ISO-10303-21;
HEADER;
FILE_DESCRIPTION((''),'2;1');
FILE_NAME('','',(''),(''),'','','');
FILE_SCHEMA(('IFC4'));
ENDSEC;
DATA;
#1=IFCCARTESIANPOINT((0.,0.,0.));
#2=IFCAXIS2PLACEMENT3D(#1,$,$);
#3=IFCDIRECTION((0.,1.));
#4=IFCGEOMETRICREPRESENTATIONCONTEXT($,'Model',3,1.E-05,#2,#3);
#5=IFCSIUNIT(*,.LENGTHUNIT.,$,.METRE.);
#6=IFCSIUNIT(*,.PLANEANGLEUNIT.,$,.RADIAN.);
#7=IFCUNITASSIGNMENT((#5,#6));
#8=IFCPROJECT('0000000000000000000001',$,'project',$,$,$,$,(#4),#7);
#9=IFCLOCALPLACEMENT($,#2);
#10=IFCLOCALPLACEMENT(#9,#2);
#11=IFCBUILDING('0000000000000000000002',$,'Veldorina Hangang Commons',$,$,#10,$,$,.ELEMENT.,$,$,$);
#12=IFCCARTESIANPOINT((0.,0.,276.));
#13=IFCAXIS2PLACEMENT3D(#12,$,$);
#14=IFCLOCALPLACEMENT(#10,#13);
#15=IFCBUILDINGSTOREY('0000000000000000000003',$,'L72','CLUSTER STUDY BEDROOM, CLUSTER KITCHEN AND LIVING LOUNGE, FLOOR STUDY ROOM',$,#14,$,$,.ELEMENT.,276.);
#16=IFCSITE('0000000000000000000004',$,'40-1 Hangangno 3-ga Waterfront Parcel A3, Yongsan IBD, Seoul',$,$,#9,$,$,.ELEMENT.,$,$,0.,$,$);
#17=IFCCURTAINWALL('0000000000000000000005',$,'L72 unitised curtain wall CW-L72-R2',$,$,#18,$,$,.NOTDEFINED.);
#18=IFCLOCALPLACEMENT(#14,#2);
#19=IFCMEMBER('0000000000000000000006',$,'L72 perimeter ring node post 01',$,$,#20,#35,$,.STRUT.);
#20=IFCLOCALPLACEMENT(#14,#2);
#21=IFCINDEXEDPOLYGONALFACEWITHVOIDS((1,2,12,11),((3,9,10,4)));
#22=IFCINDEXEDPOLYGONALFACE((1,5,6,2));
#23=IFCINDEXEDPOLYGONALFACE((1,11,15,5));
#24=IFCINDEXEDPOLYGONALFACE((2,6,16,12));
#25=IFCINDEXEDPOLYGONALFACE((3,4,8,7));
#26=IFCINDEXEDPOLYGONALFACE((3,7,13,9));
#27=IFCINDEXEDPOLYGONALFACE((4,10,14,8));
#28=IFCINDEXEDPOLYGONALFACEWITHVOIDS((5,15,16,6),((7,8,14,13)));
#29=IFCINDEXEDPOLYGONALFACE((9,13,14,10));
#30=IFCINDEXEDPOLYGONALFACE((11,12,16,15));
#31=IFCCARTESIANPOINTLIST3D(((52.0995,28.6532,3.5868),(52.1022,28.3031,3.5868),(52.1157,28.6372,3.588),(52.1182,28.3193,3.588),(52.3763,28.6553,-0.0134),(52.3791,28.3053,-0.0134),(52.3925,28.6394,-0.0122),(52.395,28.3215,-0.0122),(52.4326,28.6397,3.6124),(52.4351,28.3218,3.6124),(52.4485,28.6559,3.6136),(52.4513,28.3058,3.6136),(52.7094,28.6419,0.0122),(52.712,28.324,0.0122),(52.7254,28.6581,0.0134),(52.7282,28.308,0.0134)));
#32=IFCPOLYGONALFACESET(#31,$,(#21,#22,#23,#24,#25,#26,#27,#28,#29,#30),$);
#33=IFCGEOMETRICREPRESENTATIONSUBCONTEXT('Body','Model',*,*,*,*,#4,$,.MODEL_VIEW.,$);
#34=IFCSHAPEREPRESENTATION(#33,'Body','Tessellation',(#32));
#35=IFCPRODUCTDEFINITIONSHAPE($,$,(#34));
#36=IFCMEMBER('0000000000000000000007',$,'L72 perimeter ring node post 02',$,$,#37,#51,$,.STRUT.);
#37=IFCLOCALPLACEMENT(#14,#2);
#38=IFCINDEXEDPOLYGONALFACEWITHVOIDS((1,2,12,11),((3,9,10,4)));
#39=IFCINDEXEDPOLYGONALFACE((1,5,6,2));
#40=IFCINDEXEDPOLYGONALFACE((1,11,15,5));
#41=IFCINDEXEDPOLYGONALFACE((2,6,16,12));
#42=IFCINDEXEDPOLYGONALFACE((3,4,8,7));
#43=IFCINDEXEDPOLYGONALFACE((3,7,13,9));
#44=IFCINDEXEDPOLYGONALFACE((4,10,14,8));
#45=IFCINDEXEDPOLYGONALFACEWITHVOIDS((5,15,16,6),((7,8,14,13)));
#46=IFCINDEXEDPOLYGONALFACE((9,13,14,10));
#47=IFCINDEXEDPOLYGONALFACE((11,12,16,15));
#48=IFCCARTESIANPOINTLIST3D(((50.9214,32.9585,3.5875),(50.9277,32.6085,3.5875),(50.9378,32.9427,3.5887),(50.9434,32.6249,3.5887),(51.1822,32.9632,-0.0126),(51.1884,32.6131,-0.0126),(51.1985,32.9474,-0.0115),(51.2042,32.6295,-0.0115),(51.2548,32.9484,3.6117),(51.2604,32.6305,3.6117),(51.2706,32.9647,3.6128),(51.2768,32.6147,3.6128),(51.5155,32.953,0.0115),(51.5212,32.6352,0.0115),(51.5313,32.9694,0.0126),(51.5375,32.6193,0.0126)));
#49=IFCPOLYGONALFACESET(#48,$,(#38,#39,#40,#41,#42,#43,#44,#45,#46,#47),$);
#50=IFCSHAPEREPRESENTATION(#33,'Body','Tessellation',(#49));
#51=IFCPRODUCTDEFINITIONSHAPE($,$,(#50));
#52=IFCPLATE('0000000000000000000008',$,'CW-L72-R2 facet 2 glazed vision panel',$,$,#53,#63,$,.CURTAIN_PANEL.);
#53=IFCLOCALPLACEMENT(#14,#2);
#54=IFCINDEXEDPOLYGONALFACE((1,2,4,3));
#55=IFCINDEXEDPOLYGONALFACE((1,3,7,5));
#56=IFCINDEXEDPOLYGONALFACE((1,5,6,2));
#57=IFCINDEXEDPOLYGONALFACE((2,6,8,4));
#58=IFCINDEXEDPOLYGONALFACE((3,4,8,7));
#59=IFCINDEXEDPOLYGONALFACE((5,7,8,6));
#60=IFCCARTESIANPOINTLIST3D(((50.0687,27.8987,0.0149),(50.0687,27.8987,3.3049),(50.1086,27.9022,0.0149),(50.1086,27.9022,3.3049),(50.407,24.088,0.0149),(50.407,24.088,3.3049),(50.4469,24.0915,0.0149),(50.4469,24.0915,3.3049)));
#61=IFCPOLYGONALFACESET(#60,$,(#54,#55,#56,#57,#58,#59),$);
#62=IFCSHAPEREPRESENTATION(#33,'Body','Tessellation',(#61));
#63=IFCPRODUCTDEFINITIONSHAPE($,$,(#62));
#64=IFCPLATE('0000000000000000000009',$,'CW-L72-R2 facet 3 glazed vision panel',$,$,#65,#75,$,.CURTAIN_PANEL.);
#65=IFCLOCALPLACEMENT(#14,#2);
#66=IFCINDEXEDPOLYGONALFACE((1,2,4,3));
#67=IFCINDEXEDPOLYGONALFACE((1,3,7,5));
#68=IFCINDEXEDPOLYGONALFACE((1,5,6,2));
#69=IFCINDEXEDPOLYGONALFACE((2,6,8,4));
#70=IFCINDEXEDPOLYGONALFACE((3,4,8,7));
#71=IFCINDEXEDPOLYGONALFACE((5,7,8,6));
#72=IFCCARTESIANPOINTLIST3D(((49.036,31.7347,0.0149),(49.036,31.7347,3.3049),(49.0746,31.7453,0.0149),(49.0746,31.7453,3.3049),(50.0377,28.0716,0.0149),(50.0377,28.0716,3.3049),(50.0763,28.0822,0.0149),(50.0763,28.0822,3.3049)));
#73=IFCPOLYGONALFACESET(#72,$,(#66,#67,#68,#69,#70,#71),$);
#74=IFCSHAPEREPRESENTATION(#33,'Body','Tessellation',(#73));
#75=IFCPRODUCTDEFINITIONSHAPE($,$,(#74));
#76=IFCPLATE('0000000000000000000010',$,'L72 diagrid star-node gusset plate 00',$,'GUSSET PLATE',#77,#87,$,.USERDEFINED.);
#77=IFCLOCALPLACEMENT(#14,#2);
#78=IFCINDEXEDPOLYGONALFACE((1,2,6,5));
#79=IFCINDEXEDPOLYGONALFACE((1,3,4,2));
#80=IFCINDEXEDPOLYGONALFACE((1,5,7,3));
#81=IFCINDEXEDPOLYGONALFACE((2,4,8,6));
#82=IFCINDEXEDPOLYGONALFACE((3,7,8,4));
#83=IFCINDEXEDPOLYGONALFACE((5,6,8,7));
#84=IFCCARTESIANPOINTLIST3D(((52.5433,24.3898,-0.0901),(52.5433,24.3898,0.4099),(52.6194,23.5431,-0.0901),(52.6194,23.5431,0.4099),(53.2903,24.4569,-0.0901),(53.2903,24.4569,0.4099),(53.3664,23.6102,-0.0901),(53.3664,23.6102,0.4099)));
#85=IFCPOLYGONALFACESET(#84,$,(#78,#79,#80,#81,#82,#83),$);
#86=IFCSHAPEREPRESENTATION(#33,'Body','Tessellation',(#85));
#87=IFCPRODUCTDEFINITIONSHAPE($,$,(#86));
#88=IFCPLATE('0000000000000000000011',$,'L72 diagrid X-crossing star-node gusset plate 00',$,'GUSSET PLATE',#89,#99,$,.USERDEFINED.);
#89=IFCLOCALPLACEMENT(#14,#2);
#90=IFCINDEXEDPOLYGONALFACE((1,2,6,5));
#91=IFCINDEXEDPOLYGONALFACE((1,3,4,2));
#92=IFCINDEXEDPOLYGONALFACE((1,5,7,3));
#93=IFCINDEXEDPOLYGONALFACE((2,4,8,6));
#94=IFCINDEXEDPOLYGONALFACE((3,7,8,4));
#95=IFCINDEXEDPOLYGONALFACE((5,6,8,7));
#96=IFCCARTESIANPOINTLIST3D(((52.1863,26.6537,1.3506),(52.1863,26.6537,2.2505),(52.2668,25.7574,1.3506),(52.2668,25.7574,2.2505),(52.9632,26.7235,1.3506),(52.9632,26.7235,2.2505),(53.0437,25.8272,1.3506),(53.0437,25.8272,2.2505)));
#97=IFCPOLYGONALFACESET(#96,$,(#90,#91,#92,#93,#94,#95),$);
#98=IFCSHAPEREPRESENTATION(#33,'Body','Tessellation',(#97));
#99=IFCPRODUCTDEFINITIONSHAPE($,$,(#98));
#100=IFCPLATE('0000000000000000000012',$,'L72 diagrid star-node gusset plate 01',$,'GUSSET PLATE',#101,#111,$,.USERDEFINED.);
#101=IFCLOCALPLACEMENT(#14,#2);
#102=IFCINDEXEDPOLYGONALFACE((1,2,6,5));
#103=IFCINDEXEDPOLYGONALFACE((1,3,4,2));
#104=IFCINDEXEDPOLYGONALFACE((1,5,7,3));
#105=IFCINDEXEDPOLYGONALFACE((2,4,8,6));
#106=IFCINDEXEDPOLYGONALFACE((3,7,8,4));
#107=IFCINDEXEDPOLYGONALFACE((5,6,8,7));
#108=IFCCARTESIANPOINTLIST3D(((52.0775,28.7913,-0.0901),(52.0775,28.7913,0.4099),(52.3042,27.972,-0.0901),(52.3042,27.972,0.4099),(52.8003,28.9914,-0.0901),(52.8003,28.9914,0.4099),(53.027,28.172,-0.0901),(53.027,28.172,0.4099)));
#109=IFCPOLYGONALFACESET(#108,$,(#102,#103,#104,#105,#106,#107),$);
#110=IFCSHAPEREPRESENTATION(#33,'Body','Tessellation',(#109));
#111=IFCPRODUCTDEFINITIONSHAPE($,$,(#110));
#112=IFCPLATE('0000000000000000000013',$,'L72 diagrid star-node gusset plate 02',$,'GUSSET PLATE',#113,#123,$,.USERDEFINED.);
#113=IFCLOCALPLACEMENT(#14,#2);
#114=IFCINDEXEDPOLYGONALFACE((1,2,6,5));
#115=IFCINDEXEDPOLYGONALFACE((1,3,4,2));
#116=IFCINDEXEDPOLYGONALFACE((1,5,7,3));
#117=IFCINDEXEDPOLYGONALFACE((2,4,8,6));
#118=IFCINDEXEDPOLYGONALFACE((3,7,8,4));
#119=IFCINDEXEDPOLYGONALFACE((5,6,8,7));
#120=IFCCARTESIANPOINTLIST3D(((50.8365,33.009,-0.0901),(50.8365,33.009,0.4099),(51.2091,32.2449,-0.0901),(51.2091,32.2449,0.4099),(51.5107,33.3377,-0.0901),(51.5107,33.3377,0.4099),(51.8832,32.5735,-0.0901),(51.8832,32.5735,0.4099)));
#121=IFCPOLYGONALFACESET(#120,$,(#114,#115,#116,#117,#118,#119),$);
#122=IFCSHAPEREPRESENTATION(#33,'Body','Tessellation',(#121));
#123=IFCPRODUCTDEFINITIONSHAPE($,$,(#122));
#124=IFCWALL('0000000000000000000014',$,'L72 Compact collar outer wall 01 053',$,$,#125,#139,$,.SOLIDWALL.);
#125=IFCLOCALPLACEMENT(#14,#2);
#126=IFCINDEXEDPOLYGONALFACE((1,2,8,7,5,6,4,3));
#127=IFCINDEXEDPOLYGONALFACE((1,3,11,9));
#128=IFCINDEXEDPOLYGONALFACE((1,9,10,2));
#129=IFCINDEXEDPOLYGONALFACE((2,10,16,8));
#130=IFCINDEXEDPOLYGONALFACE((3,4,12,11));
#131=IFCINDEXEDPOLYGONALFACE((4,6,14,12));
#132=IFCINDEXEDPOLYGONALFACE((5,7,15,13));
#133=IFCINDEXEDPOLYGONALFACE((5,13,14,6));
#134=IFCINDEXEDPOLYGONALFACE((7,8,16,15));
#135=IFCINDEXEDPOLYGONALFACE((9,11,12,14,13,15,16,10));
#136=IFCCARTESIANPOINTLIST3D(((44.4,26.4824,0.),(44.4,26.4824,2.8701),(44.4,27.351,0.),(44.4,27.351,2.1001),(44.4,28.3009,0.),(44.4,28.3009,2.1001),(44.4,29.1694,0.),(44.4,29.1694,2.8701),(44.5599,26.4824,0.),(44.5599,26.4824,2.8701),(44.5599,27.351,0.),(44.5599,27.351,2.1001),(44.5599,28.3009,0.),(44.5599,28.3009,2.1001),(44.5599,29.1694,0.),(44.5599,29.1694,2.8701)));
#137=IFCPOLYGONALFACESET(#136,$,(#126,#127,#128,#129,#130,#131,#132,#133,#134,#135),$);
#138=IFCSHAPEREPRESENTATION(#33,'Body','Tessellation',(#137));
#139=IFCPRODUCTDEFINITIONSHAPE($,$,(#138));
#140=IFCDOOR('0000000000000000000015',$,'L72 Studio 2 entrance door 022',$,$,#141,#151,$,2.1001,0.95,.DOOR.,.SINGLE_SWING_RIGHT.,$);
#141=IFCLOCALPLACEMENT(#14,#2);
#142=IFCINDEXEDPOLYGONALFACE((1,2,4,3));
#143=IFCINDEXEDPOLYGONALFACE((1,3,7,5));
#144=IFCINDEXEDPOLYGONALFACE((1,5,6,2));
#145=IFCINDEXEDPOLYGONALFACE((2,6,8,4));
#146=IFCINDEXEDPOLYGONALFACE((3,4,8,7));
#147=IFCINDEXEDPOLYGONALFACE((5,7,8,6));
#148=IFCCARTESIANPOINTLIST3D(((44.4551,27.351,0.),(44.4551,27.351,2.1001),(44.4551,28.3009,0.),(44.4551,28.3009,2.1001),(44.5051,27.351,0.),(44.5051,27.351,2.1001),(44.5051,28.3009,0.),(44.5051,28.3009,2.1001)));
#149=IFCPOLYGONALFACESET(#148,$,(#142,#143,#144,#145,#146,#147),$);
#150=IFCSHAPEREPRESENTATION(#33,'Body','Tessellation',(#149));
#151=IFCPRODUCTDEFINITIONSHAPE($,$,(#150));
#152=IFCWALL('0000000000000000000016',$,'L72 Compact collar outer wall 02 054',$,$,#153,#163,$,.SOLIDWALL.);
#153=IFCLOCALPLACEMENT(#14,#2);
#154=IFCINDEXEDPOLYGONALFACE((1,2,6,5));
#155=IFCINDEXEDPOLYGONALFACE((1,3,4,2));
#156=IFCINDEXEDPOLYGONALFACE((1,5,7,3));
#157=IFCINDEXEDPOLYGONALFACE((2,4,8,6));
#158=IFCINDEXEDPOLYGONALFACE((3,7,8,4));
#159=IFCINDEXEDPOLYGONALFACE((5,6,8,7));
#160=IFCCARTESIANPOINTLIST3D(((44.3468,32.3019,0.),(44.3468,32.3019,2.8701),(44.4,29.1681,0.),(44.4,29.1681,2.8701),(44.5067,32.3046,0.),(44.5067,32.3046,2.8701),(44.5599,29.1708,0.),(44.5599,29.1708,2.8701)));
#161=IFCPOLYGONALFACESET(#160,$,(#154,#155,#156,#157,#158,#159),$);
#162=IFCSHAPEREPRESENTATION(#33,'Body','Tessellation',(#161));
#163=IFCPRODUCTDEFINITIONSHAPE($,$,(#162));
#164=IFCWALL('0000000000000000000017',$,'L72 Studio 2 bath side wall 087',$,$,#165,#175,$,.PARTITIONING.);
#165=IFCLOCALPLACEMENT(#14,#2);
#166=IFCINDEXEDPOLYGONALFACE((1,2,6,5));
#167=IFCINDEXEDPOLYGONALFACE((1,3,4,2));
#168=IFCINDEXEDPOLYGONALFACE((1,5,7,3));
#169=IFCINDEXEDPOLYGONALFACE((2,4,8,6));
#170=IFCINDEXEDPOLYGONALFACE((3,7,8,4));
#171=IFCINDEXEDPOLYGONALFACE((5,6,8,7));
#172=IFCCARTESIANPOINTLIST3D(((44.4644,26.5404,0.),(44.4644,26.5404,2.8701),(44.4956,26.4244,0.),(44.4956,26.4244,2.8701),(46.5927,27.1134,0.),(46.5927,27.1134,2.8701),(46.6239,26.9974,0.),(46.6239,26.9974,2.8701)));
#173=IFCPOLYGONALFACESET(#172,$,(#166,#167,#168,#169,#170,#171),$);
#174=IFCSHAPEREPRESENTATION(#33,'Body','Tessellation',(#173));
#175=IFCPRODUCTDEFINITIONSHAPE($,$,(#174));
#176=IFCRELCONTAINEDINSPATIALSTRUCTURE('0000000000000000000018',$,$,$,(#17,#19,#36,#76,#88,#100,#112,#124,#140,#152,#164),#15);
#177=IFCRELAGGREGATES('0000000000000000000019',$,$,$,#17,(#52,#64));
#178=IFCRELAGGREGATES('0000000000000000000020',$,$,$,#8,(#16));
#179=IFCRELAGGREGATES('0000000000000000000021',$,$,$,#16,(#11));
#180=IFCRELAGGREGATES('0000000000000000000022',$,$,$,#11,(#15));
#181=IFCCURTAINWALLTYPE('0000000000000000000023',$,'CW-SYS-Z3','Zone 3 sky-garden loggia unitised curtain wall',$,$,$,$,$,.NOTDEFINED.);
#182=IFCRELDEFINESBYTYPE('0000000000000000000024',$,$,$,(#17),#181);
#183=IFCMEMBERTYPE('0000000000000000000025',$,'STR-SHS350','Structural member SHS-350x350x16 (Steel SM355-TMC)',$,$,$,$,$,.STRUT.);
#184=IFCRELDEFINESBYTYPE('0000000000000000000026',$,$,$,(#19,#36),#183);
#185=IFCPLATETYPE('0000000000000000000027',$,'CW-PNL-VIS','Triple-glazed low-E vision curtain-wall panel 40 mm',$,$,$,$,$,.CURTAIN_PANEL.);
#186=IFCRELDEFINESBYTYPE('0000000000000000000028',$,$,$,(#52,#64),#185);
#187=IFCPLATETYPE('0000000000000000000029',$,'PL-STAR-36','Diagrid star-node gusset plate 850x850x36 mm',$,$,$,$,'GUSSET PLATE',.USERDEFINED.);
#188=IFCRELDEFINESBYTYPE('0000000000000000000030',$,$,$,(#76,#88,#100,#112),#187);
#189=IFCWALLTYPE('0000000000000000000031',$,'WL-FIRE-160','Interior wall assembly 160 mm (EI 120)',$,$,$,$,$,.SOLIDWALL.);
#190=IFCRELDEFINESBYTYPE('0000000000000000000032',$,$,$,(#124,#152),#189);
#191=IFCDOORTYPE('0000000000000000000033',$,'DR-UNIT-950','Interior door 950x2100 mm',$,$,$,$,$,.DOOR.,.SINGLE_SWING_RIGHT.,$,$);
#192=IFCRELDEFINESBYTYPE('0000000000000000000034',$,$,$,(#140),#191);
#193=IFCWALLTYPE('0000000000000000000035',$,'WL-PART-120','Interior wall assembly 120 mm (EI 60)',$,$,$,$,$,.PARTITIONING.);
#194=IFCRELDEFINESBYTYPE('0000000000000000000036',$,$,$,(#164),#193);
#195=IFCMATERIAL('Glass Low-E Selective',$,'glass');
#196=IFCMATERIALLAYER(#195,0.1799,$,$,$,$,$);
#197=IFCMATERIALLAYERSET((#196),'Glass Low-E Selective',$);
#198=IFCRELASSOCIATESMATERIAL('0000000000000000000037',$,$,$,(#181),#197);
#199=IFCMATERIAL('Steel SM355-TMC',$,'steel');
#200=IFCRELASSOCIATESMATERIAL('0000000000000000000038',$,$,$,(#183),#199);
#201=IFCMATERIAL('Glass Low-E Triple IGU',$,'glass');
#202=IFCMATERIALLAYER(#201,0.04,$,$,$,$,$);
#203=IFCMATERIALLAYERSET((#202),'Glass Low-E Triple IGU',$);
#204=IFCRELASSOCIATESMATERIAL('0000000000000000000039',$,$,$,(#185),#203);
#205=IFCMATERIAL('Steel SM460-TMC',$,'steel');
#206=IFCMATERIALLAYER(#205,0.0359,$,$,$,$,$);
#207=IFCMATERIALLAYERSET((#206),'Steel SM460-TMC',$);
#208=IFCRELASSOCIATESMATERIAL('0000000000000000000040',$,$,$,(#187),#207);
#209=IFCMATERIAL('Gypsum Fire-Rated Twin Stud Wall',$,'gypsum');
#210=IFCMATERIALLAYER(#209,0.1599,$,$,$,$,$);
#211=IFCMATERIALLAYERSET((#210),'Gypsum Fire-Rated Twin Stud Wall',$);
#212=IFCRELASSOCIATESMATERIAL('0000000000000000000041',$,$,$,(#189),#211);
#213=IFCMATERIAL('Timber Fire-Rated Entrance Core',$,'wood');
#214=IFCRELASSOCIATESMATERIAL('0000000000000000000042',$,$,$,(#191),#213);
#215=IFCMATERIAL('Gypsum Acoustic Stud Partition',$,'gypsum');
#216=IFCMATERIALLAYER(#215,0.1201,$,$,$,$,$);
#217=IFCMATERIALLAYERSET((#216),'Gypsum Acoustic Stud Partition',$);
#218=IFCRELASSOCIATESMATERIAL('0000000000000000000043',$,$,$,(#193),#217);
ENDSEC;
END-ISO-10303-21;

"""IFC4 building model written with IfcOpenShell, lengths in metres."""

from ifc_helpers import new_model, si_unit, direction, frame, frame_2d, origin, origin_2d, place, context, subcontext, project, spatial, rectangle, hollow_rectangle, extrude, material, layer, layer_set, material_profile, profile_set, type_object, element, fill, aggregate, save


model = new_model("IFC4")

# Units and contexts
model_context = context("Model", 3, precision=1e-05, world=origin(), true_north=direction((0.0, 1.0)))
body_context = subcontext(model_context, "Body", "Model", "MODEL_VIEW")
ifc_project = project(units=[si_unit("LENGTHUNIT", "METRE"), si_unit("PLANEANGLEUNIT", "RADIAN")], contexts=[model_context])

# Site, building, storey
site_placement = place(None, origin())
site = spatial("IfcSite", under=ifc_project, at=site_placement, Name="40-1 Hangangno 3-ga Waterfront Parcel A3, Yongsan IBD, Seoul", CompositionType="ELEMENT", RefElevation=0.0)
building_placement = place(site_placement, origin())
building = spatial("IfcBuilding", under=site, at=building_placement, Name="Veldorina Hangang Commons", CompositionType="ELEMENT")
storey_placement = place(building_placement, frame((0.0, 0.0, 276.0)))
storey = spatial("IfcBuildingStorey", under=building, at=storey_placement, Name="L72", Description="CLUSTER STUDY BEDROOM, CLUSTER KITCHEN AND LIVING LOUNGE, FLOOR STUDY ROOM", CompositionType="ELEMENT", Elevation=276.0)

# Shared definitions
ifc_material_1 = material(Name="Steel SM355-TMC", Category="steel")

# Curtain wall
ifc_material_2 = material(Name="Glass Low-E Selective", Category="glass")
ifc_layer_1 = layer(ifc_material_2, 0.1799)
ifc_layer_set_1 = layer_set([ifc_layer_1], Name="Glass Low-E Selective")
curtain_wall_type = type_object("IfcCurtainWallType", Name="CW-SYS-Z3", Description="Zone 3 sky-garden loggia unitised curtain wall", PredefinedType="NOTDEFINED", material=ifc_layer_set_1)
curtain_wall_placement = place(storey_placement, origin())
curtain_wall = element("IfcCurtainWall", 1, at=curtain_wall_placement, inside=storey, type_object=curtain_wall_type, Name="L72 unitised curtain wall CW-L72-R2", PredefinedType="NOTDEFINED")

# Members
ifc_material_profile_1 = material_profile(ifc_material_1, hollow_rectangle(XDim=0.3501, YDim=0.3501, WallThickness=0.0161, at=origin_2d()), Name="SHS-350x350x16")
ifc_profile_set_1 = profile_set([ifc_material_profile_1], Name="Steel SM355-TMC")
member_type_1 = type_object("IfcMemberType", Name="STR-SHS350", Description="Structural member SHS-350x350x16 (Steel SM355-TMC)", PredefinedType="STRUT", material=ifc_profile_set_1)
member_1_placement = place(storey_placement, frame((52.5522, 28.4817, 0.0), z_axis=(-0.076676, -0.000609, 0.997056), x_axis=(0.007936, -0.999969, 0.0)))
element("IfcMember", 2, at=member_1_placement, inside=storey, type_object=member_type_1, Name="L72 perimeter ring node post 01", PredefinedType="STRUT", context=body_context, shape_type="SweptSolid", body=[
    extrude(hollow_rectangle(XDim=0.3501, YDim=0.3501, WallThickness=0.0161, at=origin_2d()), origin(), (0.0, 0.0, 1.0), 3.6108),
])
member_2_placement = place(storey_placement, frame((51.3599, 32.7913, 0.0), z_axis=(-0.072237, -0.001285, 0.997387), x_axis=(0.017787, -0.999842, 0.0)))
element("IfcMember", 3, at=member_2_placement, inside=storey, type_object=member_type_1, Name="L72 perimeter ring node post 02", PredefinedType="STRUT", context=body_context, shape_type="SweptSolid", body=[
    extrude(hollow_rectangle(XDim=0.3501, YDim=0.3501, WallThickness=0.0161, at=origin_2d()), origin(), (0.0, 0.0, 1.0), 3.6096),
])

# Plates
ifc_material_3 = material(Name="Glass Low-E Triple IGU", Category="glass")
ifc_layer_2 = layer(ifc_material_3, 0.04)
ifc_layer_set_2 = layer_set([ifc_layer_2], Name="Glass Low-E Triple IGU")
plate_type_1 = type_object("IfcPlateType", Name="CW-PNL-VIS", Description="Triple-glazed low-E vision curtain-wall panel 40 mm", PredefinedType="CURTAIN_PANEL", material=ifc_layer_set_2)
plate_1_placement = place(storey_placement, frame((50.2578, 25.9951, 0.0149), z_axis=(0.0, 0.0, 1.0), x_axis=(-0.088425, 0.996083, 0.0)))
plate_1 = element("IfcPlate", 4, at=plate_1_placement, type_object=plate_type_1, Name="CW-L72-R2 facet 2 glazed vision panel", PredefinedType="CURTAIN_PANEL", context=body_context, shape_type="SweptSolid", body=[
    extrude(rectangle(XDim=3.8257, YDim=0.04, at=origin_2d()), origin(), (0.0, 0.0, 1.0), 3.29),
])
plate_2_placement = place(storey_placement, frame((49.5562, 29.9084, 0.0149), z_axis=(0.0, 0.0, 1.0), x_axis=(-0.263755, 0.96459, 0.0)))
plate_2 = element("IfcPlate", 5, at=plate_2_placement, type_object=plate_type_1, Name="CW-L72-R2 facet 3 glazed vision panel", PredefinedType="CURTAIN_PANEL", context=body_context, shape_type="SweptSolid", body=[
    extrude(rectangle(XDim=3.7976, YDim=0.04, at=origin_2d()), origin(), (0.0, 0.0, 1.0), 3.29),
])
aggregate(curtain_wall, [plate_1, plate_2])

# Plates
ifc_material_4 = material(Name="Steel SM460-TMC", Category="steel")
ifc_layer_3 = layer(ifc_material_4, 0.0359)
ifc_layer_set_3 = layer_set([ifc_layer_3], Name="Steel SM460-TMC")
plate_type_2 = type_object("IfcPlateType", Name="PL-STAR-36", Description="Diagrid star-node gusset plate 850x850x36 mm", ElementType="GUSSET PLATE", PredefinedType="USERDEFINED", material=ifc_layer_set_3)
plate_3_placement = place(storey_placement, frame((52.9548, 24.0, -0.0901), z_axis=(0.0, 0.0, 1.0), x_axis=(-0.089468, 0.99599, 0.0)))
element("IfcPlate", 6, at=plate_3_placement, inside=storey, type_object=plate_type_2, Name="L72 diagrid star-node gusset plate 00", ObjectType="GUSSET PLATE", PredefinedType="USERDEFINED", context=body_context, shape_type="SweptSolid", body=[
    extrude(rectangle(XDim=0.8501, YDim=0.75, at=origin_2d()), origin(), (0.0, 0.0, 1.0), 0.5),
])
plate_4_placement = place(storey_placement, frame((52.615, 26.2405, 1.3506), z_axis=(0.0, 0.0, 1.0), x_axis=(-0.089468, 0.99599, 0.0)))
element("IfcPlate", 7, at=plate_4_placement, inside=storey, type_object=plate_type_2, Name="L72 diagrid X-crossing star-node gusset plate 00", ObjectType="GUSSET PLATE", PredefinedType="USERDEFINED", context=body_context, shape_type="SweptSolid", body=[
    extrude(rectangle(XDim=0.8999, YDim=0.78, at=origin_2d()), origin(), (0.0, 0.0, 1.0), 0.8999),
])
for number, where, z_axis, x_axis, name in (
    (8, (52.5522, 28.4817, -0.0901), (0.0, 0.0, 1.0), (-0.2667, 0.96378, 0.0), "L72 diagrid star-node gusset plate 01"),
    (9, (51.3599, 32.7913, -0.0901), (0.0, 0.0, 1.0), (-0.438246, 0.898855, 0.0), "L72 diagrid star-node gusset plate 02"),
):
    element("IfcPlate", number, at=place(storey_placement, frame(where, z_axis=z_axis, x_axis=x_axis)), inside=storey, type_object=plate_type_2, Name=name, ObjectType="GUSSET PLATE", PredefinedType="USERDEFINED", context=body_context, shape_type="SweptSolid", body=[
        extrude(rectangle(XDim=0.8501, YDim=0.75, at=origin_2d()), origin(), (0.0, 0.0, 1.0), 0.5),
    ])

# Wall, opening, door
ifc_material_5 = material(Name="Gypsum Fire-Rated Twin Stud Wall", Category="gypsum")
ifc_layer_4 = layer(ifc_material_5, 0.1599)
ifc_layer_set_4 = layer_set([ifc_layer_4], Name="Gypsum Fire-Rated Twin Stud Wall")
wall_type_1 = type_object("IfcWallType", Name="WL-FIRE-160", Description="Interior wall assembly 160 mm (EI 120)", PredefinedType="SOLIDWALL", material=ifc_layer_set_4)
wall_1_placement = place(storey_placement, frame((44.48, 26.4824, 0.0), z_axis=(0.0, 0.0, 1.0), x_axis=(0.0, 1.0, 0.0)))
wall_1 = element("IfcWall", 10, at=wall_1_placement, inside=storey, type_object=wall_type_1, Name="L72 Compact collar outer wall 01 053", PredefinedType="SOLIDWALL", context=body_context, shape_type="SweptSolid", body=[
    extrude(rectangle(XDim=2.687, YDim=0.1599, at=frame_2d((1.3435, 0.0))), origin(), (0.0, 0.0, 1.0), 2.8701),
])
opening_placement = place(wall_1_placement, frame((0.8684, 0.0, 0.0)))
opening = element("IfcOpeningElement", 11, at=opening_placement, cuts=wall_1, PredefinedType="OPENING", context=body_context, shape_type="SweptSolid", body=[
    extrude(rectangle(XDim=0.95, YDim=2.1001, at=frame_2d((0.4751, 1.05))), frame((0.0, 0.0898, 0.0), z_axis=(0.0, -1.0, 0.0), x_axis=(1.0, 0.0, 0.0)), (0.0, 0.0, 1.0), 0.1799),
])
ifc_material_6 = material(Name="Timber Fire-Rated Entrance Core", Category="wood")
door_type = type_object("IfcDoorType", Name="DR-UNIT-950", Description="Interior door 950x2100 mm", OperationType="SINGLE_SWING_RIGHT", PredefinedType="DOOR", material=ifc_material_6)
door_placement = place(opening_placement, origin())
door = element("IfcDoor", 12, at=door_placement, inside=storey, type_object=door_type, Name="L72 Studio 2 entrance door 022", OperationType="SINGLE_SWING_RIGHT", OverallHeight=2.1001, OverallWidth=0.95, PredefinedType="DOOR", context=body_context, shape_type="SweptSolid", body=[
    extrude(rectangle(XDim=0.95, YDim=2.1001, at=frame_2d((0.4751, 1.05))), frame((0.0, 0.0249, 0.0), z_axis=(0.0, -1.0, 0.0), x_axis=(1.0, 0.0, 0.0)), (0.0, 0.0, 1.0), 0.05),
])
fill(opening, door)

# Walls
wall_2_placement = place(storey_placement, frame((44.48, 29.1694, 0.0), z_axis=(0.0, 0.0, 1.0), x_axis=(-0.016981, 0.999856, 0.0)))
element("IfcWall", 13, at=wall_2_placement, inside=storey, type_object=wall_type_1, Name="L72 Compact collar outer wall 02 054", PredefinedType="SOLIDWALL", context=body_context, shape_type="SweptSolid", body=[
    extrude(rectangle(XDim=3.1343, YDim=0.1599, at=frame_2d((1.5671, 0.0))), origin(), (0.0, 0.0, 1.0), 2.8701),
])
ifc_material_7 = material(Name="Gypsum Acoustic Stud Partition", Category="gypsum")
ifc_layer_5 = layer(ifc_material_7, 0.1201)
ifc_layer_set_5 = layer_set([ifc_layer_5], Name="Gypsum Acoustic Stud Partition")
wall_type_2 = type_object("IfcWallType", Name="WL-PART-120", Description="Interior wall assembly 120 mm (EI 60)", PredefinedType="PARTITIONING", material=ifc_layer_set_5)
wall_3_placement = place(storey_placement, frame((44.48, 26.4824, 0.0), z_axis=(0.0, 0.0, 1.0), x_axis=(0.96562, 0.259958, 0.0)))
element("IfcWall", 14, at=wall_3_placement, inside=storey, type_object=wall_type_2, Name="L72 Studio 2 bath side wall 087", PredefinedType="PARTITIONING", context=body_context, shape_type="SweptSolid", body=[
    extrude(rectangle(XDim=2.2041, YDim=0.1201, at=frame_2d((1.1021, 0.0))), origin(), (0.0, 0.0, 1.0), 2.8701),
])

save(model, "model.ifc")
